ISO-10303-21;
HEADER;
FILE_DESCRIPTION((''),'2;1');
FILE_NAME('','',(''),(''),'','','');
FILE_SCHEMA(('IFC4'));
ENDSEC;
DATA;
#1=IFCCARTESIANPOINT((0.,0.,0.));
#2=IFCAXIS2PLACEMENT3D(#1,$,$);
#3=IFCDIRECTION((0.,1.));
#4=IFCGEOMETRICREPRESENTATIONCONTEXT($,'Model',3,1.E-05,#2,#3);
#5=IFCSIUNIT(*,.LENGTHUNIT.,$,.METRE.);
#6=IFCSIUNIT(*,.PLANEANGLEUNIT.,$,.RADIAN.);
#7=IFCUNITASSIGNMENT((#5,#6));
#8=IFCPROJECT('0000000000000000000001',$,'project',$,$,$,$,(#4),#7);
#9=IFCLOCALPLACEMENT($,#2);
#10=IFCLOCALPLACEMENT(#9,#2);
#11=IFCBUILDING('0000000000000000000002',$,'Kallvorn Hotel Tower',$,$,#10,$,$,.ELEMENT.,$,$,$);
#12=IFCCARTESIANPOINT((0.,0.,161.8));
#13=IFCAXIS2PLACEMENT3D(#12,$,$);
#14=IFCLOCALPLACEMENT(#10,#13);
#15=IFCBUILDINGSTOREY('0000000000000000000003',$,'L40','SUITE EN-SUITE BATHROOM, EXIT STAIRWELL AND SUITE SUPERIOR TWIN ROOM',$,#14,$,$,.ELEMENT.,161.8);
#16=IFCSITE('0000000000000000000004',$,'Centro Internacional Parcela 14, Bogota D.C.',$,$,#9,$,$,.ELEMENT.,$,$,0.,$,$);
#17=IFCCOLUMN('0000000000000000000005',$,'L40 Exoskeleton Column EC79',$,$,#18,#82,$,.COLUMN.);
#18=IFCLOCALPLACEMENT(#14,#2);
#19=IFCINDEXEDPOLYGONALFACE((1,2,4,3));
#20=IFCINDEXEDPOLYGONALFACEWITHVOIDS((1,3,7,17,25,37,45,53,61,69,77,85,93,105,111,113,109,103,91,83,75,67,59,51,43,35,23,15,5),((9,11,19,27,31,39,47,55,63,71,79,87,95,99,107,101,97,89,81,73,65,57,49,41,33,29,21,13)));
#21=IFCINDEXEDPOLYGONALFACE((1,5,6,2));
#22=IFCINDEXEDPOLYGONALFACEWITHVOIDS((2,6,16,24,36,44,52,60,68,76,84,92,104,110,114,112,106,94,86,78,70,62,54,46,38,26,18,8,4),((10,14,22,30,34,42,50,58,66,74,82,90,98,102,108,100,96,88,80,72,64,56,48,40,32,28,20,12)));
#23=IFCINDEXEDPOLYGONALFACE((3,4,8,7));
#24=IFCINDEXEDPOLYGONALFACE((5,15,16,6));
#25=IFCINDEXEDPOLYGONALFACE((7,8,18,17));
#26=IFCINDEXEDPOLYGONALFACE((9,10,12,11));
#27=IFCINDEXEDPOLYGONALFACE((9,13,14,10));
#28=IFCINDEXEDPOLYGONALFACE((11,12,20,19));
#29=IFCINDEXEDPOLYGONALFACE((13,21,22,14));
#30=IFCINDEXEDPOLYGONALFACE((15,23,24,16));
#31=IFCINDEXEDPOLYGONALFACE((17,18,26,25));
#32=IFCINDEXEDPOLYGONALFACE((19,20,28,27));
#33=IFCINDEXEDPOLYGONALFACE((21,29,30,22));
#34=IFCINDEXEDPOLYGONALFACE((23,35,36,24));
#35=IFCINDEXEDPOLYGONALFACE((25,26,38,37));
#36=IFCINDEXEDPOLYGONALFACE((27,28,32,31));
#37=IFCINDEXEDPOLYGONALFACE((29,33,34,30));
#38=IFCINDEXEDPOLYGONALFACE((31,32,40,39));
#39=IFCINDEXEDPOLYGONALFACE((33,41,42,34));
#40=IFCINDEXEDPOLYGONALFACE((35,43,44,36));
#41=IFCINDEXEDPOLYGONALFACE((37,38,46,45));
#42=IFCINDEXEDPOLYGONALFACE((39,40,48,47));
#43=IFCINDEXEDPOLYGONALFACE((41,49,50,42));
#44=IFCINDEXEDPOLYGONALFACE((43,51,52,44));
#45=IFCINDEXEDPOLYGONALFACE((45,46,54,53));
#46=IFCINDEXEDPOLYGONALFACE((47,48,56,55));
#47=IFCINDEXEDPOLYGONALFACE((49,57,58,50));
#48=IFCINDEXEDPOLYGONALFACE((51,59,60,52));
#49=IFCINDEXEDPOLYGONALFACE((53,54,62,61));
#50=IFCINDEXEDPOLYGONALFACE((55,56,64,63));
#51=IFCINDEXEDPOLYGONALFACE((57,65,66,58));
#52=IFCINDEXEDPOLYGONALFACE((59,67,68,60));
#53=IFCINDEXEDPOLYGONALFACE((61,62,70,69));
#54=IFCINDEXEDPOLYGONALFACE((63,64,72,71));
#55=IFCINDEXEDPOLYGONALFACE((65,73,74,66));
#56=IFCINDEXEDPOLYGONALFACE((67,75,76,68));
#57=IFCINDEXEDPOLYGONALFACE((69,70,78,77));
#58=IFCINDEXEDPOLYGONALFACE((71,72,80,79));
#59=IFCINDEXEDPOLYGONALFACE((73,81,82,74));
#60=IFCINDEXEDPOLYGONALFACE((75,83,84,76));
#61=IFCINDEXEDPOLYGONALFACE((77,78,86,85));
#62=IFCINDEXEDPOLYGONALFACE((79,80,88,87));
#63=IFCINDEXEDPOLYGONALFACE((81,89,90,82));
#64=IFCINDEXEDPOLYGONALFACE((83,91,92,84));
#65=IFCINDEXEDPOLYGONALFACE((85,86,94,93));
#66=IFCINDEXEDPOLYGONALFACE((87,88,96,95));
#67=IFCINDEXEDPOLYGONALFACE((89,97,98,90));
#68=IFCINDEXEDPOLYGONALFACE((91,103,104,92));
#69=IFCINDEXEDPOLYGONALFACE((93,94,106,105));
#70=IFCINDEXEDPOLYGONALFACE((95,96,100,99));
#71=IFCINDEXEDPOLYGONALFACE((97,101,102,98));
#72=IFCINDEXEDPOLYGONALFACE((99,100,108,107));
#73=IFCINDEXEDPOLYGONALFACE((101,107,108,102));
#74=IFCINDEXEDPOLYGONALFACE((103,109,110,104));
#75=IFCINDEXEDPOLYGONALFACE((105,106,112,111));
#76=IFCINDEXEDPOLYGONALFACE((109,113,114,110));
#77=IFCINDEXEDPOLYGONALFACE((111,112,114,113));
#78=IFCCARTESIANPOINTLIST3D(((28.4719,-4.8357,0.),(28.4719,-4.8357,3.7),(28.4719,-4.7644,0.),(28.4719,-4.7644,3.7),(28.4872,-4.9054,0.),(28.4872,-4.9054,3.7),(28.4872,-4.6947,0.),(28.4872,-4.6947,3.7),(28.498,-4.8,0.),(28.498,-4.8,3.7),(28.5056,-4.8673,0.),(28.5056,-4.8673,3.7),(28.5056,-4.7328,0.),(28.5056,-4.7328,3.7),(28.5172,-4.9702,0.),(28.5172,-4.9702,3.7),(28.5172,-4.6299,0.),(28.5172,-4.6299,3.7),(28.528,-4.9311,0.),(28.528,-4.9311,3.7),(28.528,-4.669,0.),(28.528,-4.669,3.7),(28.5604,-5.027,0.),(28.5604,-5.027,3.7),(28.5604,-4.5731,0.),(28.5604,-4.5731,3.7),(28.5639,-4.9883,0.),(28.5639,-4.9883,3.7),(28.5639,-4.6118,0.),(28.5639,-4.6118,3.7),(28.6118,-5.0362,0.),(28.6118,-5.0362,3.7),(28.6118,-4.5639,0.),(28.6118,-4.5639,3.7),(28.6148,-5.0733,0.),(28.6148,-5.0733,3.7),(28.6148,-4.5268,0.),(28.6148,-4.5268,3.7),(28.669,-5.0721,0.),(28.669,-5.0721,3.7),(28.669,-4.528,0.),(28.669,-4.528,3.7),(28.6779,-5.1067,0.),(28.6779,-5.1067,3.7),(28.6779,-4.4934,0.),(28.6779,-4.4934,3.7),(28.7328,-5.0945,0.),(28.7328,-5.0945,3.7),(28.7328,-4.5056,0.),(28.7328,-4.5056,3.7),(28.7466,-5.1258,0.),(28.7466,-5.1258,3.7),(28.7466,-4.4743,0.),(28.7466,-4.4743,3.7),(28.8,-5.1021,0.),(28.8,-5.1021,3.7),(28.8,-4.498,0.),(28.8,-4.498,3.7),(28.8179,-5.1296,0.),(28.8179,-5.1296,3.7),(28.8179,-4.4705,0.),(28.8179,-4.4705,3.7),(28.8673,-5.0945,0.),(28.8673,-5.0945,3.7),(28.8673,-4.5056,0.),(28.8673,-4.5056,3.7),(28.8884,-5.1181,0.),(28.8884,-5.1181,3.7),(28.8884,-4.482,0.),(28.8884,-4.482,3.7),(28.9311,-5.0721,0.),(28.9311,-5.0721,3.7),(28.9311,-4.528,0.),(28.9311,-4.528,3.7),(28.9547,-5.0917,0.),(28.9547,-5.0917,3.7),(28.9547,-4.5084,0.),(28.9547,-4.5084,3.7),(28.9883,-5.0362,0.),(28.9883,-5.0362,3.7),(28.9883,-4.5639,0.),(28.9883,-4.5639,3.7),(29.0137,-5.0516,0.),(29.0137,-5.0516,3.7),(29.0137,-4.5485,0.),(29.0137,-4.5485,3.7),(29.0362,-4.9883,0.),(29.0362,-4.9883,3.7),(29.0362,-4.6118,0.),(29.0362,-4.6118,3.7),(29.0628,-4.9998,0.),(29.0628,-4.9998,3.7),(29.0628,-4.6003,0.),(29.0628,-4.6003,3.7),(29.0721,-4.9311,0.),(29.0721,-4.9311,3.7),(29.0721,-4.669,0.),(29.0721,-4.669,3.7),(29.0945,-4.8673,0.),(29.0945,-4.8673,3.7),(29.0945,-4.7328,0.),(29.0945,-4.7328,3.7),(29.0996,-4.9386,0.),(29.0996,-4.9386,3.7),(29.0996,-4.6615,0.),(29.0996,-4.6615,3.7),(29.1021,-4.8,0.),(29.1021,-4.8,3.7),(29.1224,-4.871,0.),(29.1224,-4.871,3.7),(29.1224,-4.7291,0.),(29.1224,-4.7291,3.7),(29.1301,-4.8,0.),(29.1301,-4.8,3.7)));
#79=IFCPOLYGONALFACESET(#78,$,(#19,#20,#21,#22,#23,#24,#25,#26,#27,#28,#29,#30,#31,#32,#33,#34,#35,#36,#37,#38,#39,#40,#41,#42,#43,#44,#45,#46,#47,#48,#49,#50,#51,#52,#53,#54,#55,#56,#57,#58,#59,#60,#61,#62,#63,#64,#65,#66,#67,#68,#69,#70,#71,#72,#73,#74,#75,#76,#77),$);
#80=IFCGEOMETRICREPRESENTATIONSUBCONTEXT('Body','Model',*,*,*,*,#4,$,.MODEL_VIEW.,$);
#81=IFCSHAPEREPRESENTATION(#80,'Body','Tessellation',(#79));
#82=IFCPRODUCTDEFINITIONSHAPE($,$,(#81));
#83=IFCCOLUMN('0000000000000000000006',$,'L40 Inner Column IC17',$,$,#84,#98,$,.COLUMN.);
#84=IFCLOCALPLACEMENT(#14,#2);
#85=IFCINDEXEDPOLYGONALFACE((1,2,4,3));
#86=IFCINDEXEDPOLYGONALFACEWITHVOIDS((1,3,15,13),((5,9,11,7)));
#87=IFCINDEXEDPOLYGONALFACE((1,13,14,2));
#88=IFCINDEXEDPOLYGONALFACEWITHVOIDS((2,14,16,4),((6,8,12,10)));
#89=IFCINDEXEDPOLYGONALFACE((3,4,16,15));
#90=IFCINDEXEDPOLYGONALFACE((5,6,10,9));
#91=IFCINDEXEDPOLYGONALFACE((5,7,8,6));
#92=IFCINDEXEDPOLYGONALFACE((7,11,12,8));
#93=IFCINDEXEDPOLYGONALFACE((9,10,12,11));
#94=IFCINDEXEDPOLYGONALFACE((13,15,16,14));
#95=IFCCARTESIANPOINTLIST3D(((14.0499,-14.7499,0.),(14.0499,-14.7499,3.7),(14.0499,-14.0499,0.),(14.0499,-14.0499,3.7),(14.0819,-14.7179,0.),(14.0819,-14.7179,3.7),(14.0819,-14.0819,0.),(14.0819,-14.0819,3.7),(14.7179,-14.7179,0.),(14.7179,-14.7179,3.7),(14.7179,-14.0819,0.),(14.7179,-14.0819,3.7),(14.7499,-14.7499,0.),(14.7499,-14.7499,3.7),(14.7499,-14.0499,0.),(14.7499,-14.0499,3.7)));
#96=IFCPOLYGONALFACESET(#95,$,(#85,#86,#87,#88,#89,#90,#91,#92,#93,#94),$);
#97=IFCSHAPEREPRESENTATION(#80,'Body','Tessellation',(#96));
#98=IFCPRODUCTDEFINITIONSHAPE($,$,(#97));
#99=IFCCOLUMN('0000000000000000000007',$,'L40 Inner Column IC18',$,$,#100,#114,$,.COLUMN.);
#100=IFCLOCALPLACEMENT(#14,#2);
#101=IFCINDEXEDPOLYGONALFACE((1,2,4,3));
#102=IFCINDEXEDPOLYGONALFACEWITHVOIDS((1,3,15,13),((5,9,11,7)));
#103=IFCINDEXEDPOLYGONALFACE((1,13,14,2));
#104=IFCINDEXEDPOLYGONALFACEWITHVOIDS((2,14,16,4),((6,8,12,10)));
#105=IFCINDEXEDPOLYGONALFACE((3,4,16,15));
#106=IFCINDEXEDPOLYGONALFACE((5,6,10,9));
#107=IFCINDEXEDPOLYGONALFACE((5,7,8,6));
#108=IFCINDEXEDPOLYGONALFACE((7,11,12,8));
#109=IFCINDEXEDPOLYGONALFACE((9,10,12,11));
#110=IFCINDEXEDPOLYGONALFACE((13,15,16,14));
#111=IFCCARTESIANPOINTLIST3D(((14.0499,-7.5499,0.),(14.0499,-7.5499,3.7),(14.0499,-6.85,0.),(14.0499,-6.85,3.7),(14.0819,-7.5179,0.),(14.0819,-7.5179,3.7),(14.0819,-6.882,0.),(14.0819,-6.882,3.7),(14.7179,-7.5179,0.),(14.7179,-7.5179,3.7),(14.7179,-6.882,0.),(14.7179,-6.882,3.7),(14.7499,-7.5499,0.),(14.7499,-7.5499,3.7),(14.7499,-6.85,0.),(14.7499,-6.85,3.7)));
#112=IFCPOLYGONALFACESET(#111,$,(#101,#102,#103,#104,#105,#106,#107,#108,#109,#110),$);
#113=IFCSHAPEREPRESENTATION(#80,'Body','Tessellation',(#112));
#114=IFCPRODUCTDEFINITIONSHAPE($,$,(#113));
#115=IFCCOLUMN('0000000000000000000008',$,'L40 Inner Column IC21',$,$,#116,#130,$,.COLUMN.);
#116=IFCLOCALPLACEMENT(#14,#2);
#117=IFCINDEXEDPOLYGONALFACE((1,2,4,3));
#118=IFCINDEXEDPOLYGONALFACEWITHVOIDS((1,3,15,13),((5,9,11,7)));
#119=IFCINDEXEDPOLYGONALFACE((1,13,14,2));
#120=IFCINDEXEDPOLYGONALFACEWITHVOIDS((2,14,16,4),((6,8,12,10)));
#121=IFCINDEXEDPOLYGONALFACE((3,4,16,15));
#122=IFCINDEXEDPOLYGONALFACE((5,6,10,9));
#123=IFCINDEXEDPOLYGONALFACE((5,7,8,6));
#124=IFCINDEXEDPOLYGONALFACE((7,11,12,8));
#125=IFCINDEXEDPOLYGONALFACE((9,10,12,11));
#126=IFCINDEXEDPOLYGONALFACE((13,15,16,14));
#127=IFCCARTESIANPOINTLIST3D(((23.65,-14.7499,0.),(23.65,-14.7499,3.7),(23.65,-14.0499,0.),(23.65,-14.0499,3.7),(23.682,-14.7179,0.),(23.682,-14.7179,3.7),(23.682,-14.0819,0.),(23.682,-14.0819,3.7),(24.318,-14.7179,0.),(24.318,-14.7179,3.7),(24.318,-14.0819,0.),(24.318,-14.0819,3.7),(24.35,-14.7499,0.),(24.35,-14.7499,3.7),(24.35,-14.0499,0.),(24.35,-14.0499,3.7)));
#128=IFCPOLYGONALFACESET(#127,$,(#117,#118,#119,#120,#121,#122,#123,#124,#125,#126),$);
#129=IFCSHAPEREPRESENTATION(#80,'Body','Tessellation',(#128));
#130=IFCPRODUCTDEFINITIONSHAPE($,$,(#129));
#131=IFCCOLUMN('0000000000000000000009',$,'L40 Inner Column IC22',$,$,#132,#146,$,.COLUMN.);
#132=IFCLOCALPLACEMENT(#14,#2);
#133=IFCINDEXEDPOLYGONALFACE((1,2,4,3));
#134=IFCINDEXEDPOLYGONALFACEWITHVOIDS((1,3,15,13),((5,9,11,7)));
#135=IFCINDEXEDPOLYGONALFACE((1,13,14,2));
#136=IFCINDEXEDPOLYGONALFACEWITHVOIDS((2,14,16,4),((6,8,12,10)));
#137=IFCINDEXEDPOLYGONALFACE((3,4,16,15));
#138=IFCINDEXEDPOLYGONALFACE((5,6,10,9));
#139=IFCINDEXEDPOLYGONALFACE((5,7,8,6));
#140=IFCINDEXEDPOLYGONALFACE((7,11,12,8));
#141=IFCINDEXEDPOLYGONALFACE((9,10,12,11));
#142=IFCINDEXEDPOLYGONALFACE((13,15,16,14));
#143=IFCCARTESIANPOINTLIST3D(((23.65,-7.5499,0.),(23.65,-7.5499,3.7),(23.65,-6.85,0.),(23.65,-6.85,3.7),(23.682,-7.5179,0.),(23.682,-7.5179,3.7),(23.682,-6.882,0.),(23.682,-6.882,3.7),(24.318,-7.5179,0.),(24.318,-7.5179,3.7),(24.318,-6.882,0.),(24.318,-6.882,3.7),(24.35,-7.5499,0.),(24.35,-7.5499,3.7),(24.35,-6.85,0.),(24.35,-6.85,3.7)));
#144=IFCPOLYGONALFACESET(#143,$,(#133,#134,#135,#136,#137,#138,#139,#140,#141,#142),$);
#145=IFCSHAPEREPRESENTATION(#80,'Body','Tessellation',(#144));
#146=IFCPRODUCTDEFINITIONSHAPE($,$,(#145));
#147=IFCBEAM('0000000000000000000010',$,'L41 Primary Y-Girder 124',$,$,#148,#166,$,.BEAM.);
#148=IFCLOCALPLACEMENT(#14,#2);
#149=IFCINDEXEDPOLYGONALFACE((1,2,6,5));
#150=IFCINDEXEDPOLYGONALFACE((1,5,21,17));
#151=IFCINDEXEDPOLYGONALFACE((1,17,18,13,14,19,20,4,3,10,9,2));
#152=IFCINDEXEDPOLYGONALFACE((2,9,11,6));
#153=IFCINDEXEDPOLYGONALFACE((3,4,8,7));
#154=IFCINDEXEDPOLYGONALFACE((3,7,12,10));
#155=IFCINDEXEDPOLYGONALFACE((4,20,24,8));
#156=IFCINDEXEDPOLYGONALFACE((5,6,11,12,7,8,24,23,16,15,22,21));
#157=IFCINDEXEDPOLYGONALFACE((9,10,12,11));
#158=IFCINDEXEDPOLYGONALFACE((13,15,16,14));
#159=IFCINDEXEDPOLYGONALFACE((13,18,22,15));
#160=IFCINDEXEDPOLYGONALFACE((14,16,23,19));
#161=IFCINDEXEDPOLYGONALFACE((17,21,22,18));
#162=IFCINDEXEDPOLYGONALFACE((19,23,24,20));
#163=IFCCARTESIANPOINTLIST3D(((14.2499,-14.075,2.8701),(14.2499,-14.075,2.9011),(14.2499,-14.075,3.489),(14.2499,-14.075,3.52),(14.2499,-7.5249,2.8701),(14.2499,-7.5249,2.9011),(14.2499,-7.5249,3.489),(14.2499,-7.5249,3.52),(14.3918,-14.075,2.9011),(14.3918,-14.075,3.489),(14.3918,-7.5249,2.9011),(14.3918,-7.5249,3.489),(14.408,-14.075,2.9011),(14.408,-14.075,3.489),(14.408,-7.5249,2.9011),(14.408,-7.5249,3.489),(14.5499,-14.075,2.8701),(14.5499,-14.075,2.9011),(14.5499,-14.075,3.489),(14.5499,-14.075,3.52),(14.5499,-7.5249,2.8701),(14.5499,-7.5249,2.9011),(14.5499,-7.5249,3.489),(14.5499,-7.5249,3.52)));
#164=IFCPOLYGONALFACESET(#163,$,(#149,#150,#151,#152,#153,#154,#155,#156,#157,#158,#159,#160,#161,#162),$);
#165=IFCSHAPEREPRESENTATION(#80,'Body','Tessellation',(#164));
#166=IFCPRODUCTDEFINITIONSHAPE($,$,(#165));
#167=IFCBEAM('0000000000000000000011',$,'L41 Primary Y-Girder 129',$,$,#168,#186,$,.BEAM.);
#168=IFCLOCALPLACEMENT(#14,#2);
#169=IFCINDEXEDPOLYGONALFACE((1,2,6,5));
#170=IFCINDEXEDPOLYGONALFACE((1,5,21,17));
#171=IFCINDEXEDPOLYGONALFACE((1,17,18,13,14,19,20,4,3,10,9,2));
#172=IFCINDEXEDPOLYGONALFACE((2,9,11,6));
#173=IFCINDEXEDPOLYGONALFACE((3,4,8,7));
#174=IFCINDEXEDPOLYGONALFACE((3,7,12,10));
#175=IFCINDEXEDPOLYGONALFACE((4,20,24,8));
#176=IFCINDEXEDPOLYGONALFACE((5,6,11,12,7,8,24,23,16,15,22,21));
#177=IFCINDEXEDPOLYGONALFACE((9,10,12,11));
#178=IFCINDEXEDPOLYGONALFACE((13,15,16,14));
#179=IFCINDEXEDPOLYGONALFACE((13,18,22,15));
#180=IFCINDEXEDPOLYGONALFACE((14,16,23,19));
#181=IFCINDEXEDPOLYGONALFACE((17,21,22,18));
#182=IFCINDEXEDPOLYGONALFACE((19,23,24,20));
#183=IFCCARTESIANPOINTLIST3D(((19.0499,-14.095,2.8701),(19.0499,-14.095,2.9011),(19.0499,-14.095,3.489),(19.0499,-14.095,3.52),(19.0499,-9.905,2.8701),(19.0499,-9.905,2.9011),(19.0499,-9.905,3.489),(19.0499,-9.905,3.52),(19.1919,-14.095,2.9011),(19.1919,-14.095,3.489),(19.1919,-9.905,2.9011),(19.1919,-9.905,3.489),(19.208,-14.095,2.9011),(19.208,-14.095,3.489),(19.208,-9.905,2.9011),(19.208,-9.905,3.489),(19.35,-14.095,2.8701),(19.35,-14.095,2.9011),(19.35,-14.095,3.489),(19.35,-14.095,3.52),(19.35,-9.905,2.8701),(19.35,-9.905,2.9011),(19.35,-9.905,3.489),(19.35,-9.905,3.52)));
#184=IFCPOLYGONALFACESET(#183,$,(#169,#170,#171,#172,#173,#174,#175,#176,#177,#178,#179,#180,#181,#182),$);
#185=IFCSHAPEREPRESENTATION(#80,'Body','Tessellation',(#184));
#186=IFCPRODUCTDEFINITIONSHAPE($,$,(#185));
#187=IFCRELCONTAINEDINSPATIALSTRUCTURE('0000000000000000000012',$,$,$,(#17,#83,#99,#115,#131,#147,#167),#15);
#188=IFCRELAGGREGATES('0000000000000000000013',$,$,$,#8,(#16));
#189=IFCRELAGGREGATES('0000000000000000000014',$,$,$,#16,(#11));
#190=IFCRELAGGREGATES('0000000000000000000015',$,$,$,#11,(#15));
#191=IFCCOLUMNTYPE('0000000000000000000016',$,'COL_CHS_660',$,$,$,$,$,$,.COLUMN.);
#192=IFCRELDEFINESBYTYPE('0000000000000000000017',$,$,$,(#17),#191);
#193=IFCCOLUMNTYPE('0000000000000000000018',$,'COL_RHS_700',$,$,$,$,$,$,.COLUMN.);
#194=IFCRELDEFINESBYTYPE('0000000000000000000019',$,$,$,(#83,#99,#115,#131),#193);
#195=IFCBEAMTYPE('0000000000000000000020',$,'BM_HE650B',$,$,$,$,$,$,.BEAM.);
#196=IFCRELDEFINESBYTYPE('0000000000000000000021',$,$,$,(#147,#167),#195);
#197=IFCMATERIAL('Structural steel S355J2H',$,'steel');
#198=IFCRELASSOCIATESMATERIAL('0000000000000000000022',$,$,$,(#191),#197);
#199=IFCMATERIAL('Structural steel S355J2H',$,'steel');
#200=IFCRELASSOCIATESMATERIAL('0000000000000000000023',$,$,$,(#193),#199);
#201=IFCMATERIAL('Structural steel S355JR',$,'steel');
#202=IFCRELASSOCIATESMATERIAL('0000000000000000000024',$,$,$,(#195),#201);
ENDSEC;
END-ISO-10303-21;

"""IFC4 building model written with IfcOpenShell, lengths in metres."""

from ifc_helpers import new_model, si_unit, direction, frame, origin, origin_2d, place, context, subcontext, project, spatial, hollow_rectangle, hollow_circle, i_section, extrude, material, material_profile, profile_set, type_object, element, save


model = new_model("IFC4")

# Units and contexts
model_context = context("Model", 3, precision=1e-05, world=origin(), true_north=direction((0.0, 1.0)))
body_context = subcontext(model_context, "Body", "Model", "MODEL_VIEW")
ifc_project = project(units=[si_unit("LENGTHUNIT", "METRE"), si_unit("PLANEANGLEUNIT", "RADIAN")], contexts=[model_context])

# Site, building, storey
site_placement = place(None, origin())
site = spatial("IfcSite", under=ifc_project, at=site_placement, Name="Centro Internacional Parcela 14, Bogota D.C.", CompositionType="ELEMENT", RefElevation=0.0)
building_placement = place(site_placement, origin())
building = spatial("IfcBuilding", under=site, at=building_placement, Name="Kallvorn Hotel Tower", CompositionType="ELEMENT")
storey_placement = place(building_placement, frame((0.0, 0.0, 161.8)))
storey = spatial("IfcBuildingStorey", under=building, at=storey_placement, Name="L40", Description="SUITE EN-SUITE BATHROOM, EXIT STAIRWELL AND SUITE SUPERIOR TWIN ROOM", CompositionType="ELEMENT", Elevation=161.8)

# Columns
ifc_material_1 = material(Name="Structural steel S355J2H", Category="steel")
ifc_material_profile_1 = material_profile(ifc_material_1, hollow_circle(Radius=0.3301, WallThickness=0.0281, at=origin_2d()), Name="CHS 660x28")
ifc_profile_set_1 = profile_set([ifc_material_profile_1], Name="Structural steel S355J2H")
column_type_1 = type_object("IfcColumnType", Name="COL_CHS_660", PredefinedType="COLUMN", material=ifc_profile_set_1)
for number, where, z_axis, x_axis, name in (
    (1, (28.8, -4.8, 0.0), (0.0, 0.0, 1.0), (1.0, 0.0, 0.0), "L40 Exoskeleton Column EC79"),
):
    element("IfcColumn", number, at=place(storey_placement, frame(where, z_axis=z_axis, x_axis=x_axis)), inside=storey, type_object=column_type_1, Name=name, PredefinedType="COLUMN", context=body_context, shape_type="SweptSolid", body=[
        extrude(hollow_circle(Radius=0.3301, WallThickness=0.0281, at=origin_2d()), origin(), (0.0, 0.0, 1.0), 3.7),
    ])
ifc_material_2 = material(Name="Structural steel S355J2H", Category="steel")
ifc_material_profile_2 = material_profile(ifc_material_2, hollow_rectangle(XDim=0.7, YDim=0.7, WallThickness=0.032, at=origin_2d()), Name="RHS 700x700x32")
ifc_profile_set_2 = profile_set([ifc_material_profile_2], Name="Structural steel S355J2H")
column_type_2 = type_object("IfcColumnType", Name="COL_RHS_700", PredefinedType="COLUMN", material=ifc_profile_set_2)
for number, where, z_axis, x_axis, name in (
    (2, (14.3999, -14.3999, 0.0), (0.0, 0.0, 1.0), (1.0, 0.0, 0.0), "L40 Inner Column IC17"),
    (3, (14.3999, -7.2, 0.0), (0.0, 0.0, 1.0), (1.0, 0.0, 0.0), "L40 Inner Column IC18"),
    (4, (24.0, -14.3999, 0.0), (0.0, 0.0, 1.0), (1.0, 0.0, 0.0), "L40 Inner Column IC21"),
    (5, (24.0, -7.2, 0.0), (0.0, 0.0, 1.0), (1.0, 0.0, 0.0), "L40 Inner Column IC22"),
):
    element("IfcColumn", number, at=place(storey_placement, frame(where, z_axis=z_axis, x_axis=x_axis)), inside=storey, type_object=column_type_2, Name=name, PredefinedType="COLUMN", context=body_context, shape_type="SweptSolid", body=[
        extrude(hollow_rectangle(XDim=0.7, YDim=0.7, WallThickness=0.032, at=origin_2d()), origin(), (0.0, 0.0, 1.0), 3.7),
    ])

# Beams
ifc_material_3 = material(Name="Structural steel S355JR", Category="steel")
ifc_material_profile_3 = material_profile(ifc_material_3, i_section(OverallWidth=0.3, OverallDepth=0.6499, WebThickness=0.0161, FlangeThickness=0.031, at=origin_2d()), Name="HE 650 B")
ifc_profile_set_3 = profile_set([ifc_material_profile_3], Name="Structural steel S355JR")
beam_type_1 = type_object("IfcBeamType", Name="BM_HE650B", PredefinedType="BEAM", material=ifc_profile_set_3)
beam_1_placement = place(storey_placement, frame((14.3999, -14.075, 3.1951), z_axis=(0.0, 1.0, 0.0), x_axis=(-1.0, 0.0, 0.0)))
element("IfcBeam", 6, at=beam_1_placement, inside=storey, type_object=beam_type_1, Name="L41 Primary Y-Girder 124", PredefinedType="BEAM", context=body_context, shape_type="SweptSolid", body=[
    extrude(i_section(OverallWidth=0.3, OverallDepth=0.6499, WebThickness=0.0161, FlangeThickness=0.031, at=origin_2d()), origin(), (0.0, 0.0, 1.0), 6.55),
])
beam_2_placement = place(storey_placement, frame((19.2, -14.095, 3.1951), z_axis=(0.0, 1.0, 0.0), x_axis=(-1.0, 0.0, 0.0)))
element("IfcBeam", 7, at=beam_2_placement, inside=storey, type_object=beam_type_1, Name="L41 Primary Y-Girder 129", PredefinedType="BEAM", context=body_context, shape_type="SweptSolid", body=[
    extrude(i_section(OverallWidth=0.3, OverallDepth=0.6499, WebThickness=0.0161, FlangeThickness=0.031, at=origin_2d()), origin(), (0.0, 0.0, 1.0), 4.1899),
])

save(model, "model.ifc")
